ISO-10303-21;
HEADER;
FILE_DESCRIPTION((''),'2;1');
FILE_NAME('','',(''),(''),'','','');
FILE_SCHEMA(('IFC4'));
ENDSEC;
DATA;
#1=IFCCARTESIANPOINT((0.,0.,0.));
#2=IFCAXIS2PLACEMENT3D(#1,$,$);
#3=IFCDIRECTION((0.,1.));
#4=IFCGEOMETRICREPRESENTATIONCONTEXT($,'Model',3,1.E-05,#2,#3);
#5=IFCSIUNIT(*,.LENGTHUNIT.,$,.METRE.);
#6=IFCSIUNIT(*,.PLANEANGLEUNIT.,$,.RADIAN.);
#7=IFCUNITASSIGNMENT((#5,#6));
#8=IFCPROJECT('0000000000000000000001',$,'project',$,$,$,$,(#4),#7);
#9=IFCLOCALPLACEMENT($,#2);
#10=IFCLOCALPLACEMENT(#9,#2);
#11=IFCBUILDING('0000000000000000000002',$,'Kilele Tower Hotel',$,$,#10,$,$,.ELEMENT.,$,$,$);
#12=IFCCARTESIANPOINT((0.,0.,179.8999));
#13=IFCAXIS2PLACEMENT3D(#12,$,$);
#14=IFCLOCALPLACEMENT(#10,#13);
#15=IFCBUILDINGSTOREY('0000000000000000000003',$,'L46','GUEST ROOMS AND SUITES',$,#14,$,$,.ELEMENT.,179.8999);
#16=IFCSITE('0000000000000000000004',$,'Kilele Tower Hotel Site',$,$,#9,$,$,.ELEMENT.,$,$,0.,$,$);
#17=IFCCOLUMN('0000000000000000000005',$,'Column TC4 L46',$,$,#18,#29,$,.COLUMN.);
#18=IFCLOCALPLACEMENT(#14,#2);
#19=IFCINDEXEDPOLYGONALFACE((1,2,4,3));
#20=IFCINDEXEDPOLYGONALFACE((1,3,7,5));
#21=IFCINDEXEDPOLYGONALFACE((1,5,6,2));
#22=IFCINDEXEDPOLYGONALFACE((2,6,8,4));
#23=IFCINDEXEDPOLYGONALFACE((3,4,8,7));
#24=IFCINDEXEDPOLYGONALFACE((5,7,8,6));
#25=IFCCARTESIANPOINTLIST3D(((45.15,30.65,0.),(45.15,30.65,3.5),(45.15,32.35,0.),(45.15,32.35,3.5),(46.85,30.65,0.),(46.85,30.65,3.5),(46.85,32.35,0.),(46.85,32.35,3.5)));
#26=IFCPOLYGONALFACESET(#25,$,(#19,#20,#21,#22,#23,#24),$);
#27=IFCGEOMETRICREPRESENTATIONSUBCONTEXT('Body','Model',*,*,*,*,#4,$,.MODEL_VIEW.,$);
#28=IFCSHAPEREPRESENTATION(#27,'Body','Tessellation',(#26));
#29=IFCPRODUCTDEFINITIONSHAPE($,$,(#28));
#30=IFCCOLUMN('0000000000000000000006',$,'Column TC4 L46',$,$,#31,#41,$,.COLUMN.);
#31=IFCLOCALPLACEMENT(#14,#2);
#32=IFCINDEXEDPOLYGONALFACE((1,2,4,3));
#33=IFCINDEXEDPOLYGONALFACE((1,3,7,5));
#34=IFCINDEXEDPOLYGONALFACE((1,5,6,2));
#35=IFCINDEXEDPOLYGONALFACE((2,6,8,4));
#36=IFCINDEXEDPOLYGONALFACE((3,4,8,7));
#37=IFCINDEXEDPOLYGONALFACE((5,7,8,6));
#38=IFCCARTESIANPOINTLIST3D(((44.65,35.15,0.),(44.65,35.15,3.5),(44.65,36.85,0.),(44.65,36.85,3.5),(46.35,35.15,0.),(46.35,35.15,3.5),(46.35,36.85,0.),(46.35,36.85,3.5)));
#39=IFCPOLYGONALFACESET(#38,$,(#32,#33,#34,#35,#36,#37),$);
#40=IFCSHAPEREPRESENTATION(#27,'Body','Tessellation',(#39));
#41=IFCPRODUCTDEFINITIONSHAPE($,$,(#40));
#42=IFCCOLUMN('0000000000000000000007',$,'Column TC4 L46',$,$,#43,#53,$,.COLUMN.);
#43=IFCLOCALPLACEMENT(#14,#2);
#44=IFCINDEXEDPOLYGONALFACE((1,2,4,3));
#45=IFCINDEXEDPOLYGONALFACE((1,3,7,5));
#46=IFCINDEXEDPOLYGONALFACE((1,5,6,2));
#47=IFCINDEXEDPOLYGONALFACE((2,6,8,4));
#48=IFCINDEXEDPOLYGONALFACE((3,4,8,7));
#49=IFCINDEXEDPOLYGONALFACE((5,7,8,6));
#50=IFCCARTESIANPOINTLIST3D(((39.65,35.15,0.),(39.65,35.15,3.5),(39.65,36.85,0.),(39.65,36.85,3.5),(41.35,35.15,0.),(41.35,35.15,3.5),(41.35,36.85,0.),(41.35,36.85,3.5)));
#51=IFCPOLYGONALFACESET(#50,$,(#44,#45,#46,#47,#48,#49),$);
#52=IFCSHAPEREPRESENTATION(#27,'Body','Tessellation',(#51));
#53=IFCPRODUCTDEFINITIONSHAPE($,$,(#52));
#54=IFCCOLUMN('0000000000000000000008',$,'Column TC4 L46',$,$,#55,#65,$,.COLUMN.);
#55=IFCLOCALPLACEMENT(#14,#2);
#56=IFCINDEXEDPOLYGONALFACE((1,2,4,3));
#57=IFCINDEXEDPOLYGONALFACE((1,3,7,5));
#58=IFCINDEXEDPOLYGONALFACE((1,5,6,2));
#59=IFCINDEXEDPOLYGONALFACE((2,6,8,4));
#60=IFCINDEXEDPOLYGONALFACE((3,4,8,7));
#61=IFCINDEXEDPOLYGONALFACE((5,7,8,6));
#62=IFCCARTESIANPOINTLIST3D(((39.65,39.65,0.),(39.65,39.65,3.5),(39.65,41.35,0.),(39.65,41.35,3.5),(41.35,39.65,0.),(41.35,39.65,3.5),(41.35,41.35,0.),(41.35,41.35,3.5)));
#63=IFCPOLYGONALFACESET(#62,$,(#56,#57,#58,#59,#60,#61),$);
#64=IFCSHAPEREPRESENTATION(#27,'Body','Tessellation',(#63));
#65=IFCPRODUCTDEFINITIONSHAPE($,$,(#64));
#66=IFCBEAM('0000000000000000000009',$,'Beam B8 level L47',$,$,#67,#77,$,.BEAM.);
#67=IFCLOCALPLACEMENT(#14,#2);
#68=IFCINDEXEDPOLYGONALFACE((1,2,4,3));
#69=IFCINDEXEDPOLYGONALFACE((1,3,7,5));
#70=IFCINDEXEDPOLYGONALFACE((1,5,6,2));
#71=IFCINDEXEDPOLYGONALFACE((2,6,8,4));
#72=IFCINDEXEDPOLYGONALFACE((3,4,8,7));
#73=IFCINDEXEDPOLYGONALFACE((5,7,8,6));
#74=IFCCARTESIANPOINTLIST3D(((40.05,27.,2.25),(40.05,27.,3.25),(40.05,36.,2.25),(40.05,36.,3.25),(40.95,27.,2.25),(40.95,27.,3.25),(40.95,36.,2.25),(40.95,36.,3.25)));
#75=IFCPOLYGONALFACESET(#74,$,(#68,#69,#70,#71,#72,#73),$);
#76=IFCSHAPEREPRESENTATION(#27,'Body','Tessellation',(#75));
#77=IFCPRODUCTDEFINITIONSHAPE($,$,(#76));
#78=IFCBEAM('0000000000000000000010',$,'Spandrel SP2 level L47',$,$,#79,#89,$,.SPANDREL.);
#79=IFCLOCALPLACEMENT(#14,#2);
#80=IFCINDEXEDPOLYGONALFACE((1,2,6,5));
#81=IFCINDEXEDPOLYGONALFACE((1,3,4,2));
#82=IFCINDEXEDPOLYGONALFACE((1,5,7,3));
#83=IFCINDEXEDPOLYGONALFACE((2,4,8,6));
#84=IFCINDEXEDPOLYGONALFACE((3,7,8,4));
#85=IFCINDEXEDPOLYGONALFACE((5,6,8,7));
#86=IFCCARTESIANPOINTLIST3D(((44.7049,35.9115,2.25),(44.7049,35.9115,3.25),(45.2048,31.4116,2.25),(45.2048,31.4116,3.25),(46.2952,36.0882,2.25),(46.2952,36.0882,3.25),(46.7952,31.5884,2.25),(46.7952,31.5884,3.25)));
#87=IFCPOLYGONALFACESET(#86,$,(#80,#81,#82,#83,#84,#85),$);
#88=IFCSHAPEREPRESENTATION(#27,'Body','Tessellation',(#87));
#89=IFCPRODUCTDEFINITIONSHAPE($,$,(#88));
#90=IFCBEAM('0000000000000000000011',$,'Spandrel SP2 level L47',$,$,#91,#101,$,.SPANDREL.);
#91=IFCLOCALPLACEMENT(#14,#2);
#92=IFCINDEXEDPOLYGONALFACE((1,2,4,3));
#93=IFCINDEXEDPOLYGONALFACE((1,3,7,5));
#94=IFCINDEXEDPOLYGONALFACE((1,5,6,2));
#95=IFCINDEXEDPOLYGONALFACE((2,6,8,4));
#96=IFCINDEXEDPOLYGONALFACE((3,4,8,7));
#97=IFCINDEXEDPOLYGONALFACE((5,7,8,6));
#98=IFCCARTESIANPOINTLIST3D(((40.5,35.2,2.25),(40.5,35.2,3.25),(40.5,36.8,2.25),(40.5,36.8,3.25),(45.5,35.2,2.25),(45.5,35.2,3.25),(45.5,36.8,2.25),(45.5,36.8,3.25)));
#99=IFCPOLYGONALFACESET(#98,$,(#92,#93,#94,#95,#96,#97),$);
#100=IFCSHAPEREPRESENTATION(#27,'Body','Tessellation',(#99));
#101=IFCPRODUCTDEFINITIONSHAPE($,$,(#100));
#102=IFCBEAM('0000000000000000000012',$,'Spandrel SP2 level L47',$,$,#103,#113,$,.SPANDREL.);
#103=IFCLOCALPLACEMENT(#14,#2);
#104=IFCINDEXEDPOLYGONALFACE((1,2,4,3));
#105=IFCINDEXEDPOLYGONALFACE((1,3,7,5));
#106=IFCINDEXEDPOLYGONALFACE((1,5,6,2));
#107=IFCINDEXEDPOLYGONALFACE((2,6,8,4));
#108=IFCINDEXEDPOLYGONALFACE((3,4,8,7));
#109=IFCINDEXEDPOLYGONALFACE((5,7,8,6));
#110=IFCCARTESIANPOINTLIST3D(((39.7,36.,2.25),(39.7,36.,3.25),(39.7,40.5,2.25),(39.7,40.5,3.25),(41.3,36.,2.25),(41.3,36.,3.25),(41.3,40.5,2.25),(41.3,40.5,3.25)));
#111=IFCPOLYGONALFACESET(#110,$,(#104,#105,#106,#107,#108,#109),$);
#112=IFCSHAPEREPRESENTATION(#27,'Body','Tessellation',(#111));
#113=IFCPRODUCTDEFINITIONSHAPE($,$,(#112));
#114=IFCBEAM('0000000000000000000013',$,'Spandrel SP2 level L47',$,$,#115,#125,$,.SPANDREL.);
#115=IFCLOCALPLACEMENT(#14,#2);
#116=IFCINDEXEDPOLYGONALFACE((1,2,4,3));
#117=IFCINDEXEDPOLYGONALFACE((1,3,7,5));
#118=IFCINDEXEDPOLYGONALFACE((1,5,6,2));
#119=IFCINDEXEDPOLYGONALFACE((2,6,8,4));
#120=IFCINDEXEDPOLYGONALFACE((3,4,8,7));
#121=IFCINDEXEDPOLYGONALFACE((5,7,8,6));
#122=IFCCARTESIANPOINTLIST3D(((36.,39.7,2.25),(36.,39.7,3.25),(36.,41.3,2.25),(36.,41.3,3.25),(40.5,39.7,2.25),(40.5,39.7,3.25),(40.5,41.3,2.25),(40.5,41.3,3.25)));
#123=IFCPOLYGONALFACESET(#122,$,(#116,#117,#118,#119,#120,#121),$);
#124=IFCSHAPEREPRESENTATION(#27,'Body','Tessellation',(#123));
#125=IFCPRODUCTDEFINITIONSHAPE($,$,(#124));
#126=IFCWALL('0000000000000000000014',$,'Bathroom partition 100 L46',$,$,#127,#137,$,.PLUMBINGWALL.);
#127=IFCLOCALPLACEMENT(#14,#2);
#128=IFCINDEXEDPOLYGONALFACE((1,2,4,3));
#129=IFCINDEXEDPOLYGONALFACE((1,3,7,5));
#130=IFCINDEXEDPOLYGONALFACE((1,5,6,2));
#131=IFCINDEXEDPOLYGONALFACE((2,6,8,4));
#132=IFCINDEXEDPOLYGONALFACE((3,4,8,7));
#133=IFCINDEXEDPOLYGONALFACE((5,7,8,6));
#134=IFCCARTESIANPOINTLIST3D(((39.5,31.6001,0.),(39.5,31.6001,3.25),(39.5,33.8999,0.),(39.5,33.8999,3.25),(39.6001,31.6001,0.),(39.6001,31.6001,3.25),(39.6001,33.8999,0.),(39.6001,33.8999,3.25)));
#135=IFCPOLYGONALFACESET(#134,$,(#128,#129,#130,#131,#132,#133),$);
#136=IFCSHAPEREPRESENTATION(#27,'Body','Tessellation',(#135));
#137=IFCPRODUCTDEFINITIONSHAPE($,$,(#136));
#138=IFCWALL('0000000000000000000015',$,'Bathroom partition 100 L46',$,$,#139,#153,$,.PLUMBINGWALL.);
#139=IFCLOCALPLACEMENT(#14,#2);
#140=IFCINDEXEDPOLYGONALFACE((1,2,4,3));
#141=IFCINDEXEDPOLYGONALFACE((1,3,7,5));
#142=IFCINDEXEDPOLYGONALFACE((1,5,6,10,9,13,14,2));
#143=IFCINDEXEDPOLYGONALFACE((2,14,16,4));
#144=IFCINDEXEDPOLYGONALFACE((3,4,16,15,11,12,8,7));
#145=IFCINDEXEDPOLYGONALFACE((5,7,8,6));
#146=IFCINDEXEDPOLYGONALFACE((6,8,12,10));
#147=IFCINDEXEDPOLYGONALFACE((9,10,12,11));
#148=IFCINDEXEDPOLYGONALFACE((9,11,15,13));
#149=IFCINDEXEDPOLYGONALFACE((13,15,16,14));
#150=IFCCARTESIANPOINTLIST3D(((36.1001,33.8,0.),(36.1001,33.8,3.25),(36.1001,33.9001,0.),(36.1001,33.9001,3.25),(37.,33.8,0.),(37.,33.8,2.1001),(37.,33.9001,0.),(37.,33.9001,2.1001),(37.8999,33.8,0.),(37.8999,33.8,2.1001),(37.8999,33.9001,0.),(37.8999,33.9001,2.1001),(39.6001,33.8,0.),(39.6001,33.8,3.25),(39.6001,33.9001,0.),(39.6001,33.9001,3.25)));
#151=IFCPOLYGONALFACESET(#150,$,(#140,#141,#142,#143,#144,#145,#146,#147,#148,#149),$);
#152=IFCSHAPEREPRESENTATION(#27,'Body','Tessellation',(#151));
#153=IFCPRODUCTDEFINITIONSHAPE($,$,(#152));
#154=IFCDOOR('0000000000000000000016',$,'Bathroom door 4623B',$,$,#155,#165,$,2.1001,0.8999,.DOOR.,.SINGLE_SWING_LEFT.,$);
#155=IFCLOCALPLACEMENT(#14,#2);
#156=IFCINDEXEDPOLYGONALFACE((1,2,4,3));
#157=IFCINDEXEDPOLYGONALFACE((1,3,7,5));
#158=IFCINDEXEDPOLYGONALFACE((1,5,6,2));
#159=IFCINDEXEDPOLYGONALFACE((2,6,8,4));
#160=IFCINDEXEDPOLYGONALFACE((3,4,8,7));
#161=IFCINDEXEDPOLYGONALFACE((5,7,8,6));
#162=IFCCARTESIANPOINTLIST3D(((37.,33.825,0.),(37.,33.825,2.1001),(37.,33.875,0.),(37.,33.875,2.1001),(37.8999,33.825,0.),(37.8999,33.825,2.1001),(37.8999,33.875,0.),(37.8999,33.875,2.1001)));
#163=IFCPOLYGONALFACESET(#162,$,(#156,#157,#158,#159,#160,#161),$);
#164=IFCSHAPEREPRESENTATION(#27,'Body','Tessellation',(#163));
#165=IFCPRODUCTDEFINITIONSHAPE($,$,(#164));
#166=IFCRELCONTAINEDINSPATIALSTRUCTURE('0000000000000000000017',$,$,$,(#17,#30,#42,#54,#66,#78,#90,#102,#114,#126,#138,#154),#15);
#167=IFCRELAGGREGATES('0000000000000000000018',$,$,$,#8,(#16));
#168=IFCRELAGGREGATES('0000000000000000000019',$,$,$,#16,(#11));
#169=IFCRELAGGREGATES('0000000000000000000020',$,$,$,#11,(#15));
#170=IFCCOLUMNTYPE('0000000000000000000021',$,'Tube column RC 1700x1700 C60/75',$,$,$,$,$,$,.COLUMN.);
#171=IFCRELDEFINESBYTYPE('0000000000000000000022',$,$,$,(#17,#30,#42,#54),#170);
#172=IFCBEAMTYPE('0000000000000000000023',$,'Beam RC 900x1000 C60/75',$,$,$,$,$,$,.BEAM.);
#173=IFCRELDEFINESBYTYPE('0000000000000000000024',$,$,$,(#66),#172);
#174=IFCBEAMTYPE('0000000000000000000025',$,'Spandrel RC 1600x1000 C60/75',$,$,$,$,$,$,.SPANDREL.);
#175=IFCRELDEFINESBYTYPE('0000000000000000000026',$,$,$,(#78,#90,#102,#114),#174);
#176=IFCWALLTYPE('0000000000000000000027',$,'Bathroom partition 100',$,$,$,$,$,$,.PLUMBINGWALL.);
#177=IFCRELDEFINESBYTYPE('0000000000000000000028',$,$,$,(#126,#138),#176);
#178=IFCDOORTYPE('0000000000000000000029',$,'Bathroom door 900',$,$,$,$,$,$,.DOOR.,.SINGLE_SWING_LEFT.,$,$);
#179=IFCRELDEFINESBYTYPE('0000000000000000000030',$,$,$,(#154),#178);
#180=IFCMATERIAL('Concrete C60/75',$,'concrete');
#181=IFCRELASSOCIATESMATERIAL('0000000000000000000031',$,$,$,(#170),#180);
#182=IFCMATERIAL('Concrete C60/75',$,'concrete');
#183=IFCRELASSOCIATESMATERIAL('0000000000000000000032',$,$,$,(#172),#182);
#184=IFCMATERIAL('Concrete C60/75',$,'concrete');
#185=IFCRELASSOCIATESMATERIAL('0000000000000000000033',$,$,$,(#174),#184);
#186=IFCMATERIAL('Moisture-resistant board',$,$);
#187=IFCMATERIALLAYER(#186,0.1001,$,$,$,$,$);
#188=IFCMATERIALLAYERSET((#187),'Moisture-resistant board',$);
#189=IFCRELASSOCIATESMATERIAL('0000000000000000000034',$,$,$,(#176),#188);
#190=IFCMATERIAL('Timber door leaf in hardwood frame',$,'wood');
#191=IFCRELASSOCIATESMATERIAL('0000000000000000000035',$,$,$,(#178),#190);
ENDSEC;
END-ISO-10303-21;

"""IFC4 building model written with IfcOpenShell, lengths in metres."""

from ifc_helpers import new_model, si_unit, direction, frame, frame_2d, origin, origin_2d, place, context, subcontext, project, spatial, rectangle, extrude, material, layer, layer_set, material_profile, profile_set, type_object, element, fill, save


model = new_model("IFC4")

# Units and contexts
model_context = context("Model", 3, precision=1e-05, world=origin(), true_north=direction((0.0, 1.0)))
body_context = subcontext(model_context, "Body", "Model", "MODEL_VIEW")
ifc_project = project(units=[si_unit("LENGTHUNIT", "METRE"), si_unit("PLANEANGLEUNIT", "RADIAN")], contexts=[model_context])

# Site, building, storey
site_placement = place(None, origin())
site = spatial("IfcSite", under=ifc_project, at=site_placement, Name="Kilele Tower Hotel Site", CompositionType="ELEMENT", RefElevation=0.0)
building_placement = place(site_placement, origin())
building = spatial("IfcBuilding", under=site, at=building_placement, Name="Kilele Tower Hotel", CompositionType="ELEMENT")
storey_placement = place(building_placement, frame((0.0, 0.0, 179.8999)))
storey = spatial("IfcBuildingStorey", under=building, at=storey_placement, Name="L46", Description="GUEST ROOMS AND SUITES", CompositionType="ELEMENT", Elevation=179.8999)

# Columns
ifc_material_1 = material(Name="Concrete C60/75", Category="concrete")
ifc_material_profile_1 = material_profile(ifc_material_1, rectangle(XDim=1.7, YDim=1.7, at=origin_2d()))
ifc_profile_set_1 = profile_set([ifc_material_profile_1], Name="Concrete C60/75")
column_type = type_object("IfcColumnType", Name="Tube column RC 1700x1700 C60/75", PredefinedType="COLUMN", material=ifc_profile_set_1)
for number, where, z_axis, x_axis, name in (
    (1, (46.0, 31.5, 0.0), (0.0, 0.0, 1.0), (1.0, 0.0, 0.0), "Column TC4 L46"),
    (2, (45.5, 36.0, 0.0), (0.0, 0.0, 1.0), (1.0, 0.0, 0.0), "Column TC4 L46"),
    (3, (40.5, 36.0, 0.0), (0.0, 0.0, 1.0), (1.0, 0.0, 0.0), "Column TC4 L46"),
    (4, (40.5, 40.5, 0.0), (0.0, 0.0, 1.0), (1.0, 0.0, 0.0), "Column TC4 L46"),
):
    element("IfcColumn", number, at=place(storey_placement, frame(where, z_axis=z_axis, x_axis=x_axis)), inside=storey, type_object=column_type, Name=name, PredefinedType="COLUMN", context=body_context, shape_type="SweptSolid", body=[
        extrude(rectangle(XDim=1.7, YDim=1.7, at=origin_2d()), origin(), (0.0, 0.0, 1.0), 3.5),
    ])

# Beams
ifc_material_2 = material(Name="Concrete C60/75", Category="concrete")
ifc_material_profile_2 = material_profile(ifc_material_2, rectangle(XDim=0.8999, YDim=1.0, at=origin_2d()))
ifc_profile_set_2 = profile_set([ifc_material_profile_2], Name="Concrete C60/75")
beam_type_1 = type_object("IfcBeamType", Name="Beam RC 900x1000 C60/75", PredefinedType="BEAM", material=ifc_profile_set_2)
beam_1_placement = place(storey_placement, frame((40.5, 36.0, 2.75), z_axis=(0.0, -1.0, 0.0), x_axis=(1.0, 0.0, 0.0)))
element("IfcBeam", 5, at=beam_1_placement, inside=storey, type_object=beam_type_1, Name="Beam B8 level L47", PredefinedType="BEAM", context=body_context, shape_type="SweptSolid", body=[
    extrude(rectangle(XDim=0.8999, YDim=1.0, at=origin_2d()), origin(), (0.0, 0.0, 1.0), 9.0),
])
ifc_material_3 = material(Name="Concrete C60/75", Category="concrete")
ifc_material_profile_3 = material_profile(ifc_material_3, rectangle(XDim=1.6001, YDim=1.0, at=origin_2d()))
ifc_profile_set_3 = profile_set([ifc_material_profile_3], Name="Concrete C60/75")
beam_type_2 = type_object("IfcBeamType", Name="Spandrel RC 1600x1000 C60/75", PredefinedType="SPANDREL", material=ifc_profile_set_3)
beam_2_placement = place(storey_placement, frame((46.0, 31.5, 2.75), z_axis=(-0.110432, 0.993884, 0.0), x_axis=(-0.993884, -0.110432, 0.0)))
element("IfcBeam", 6, at=beam_2_placement, inside=storey, type_object=beam_type_2, Name="Spandrel SP2 level L47", PredefinedType="SPANDREL", context=body_context, shape_type="SweptSolid", body=[
    extrude(rectangle(XDim=1.6001, YDim=1.0, at=origin_2d()), origin(), (0.0, 0.0, 1.0), 4.5276),
])
beam_3_placement = place(storey_placement, frame((45.5, 36.0, 2.75), z_axis=(-1.0, 0.0, 0.0), x_axis=(0.0, -1.0, 0.0)))
element("IfcBeam", 7, at=beam_3_placement, inside=storey, type_object=beam_type_2, Name="Spandrel SP2 level L47", PredefinedType="SPANDREL", context=body_context, shape_type="SweptSolid", body=[
    extrude(rectangle(XDim=1.6001, YDim=1.0, at=origin_2d()), origin(), (0.0, 0.0, 1.0), 5.0),
])
for number, where, z_axis, x_axis, name in (
    (8, (40.5, 36.0, 2.75), (0.0, 1.0, 0.0), (-1.0, 0.0, 0.0), "Spandrel SP2 level L47"),
    (9, (40.5, 40.5, 2.75), (-1.0, 0.0, 0.0), (0.0, -1.0, 0.0), "Spandrel SP2 level L47"),
):
    element("IfcBeam", number, at=place(storey_placement, frame(where, z_axis=z_axis, x_axis=x_axis)), inside=storey, type_object=beam_type_2, Name=name, PredefinedType="SPANDREL", context=body_context, shape_type="SweptSolid", body=[
        extrude(rectangle(XDim=1.6001, YDim=1.0, at=origin_2d()), origin(), (0.0, 0.0, 1.0), 4.5),
    ])

# Wall
ifc_material_4 = material(Name="Moisture-resistant board")
ifc_layer_1 = layer(ifc_material_4, 0.1001)
ifc_layer_set_1 = layer_set([ifc_layer_1], Name="Moisture-resistant board")
wall_type_1 = type_object("IfcWallType", Name="Bathroom partition 100", PredefinedType="PLUMBINGWALL", material=ifc_layer_set_1)
wall_1_placement = place(storey_placement, frame((39.55, 31.6001, 0.0), z_axis=(0.0, 0.0, 1.0), x_axis=(0.0, 1.0, 0.0)))
element("IfcWall", 10, at=wall_1_placement, inside=storey, type_object=wall_type_1, Name="Bathroom partition 100 L46", PredefinedType="PLUMBINGWALL", context=body_context, shape_type="SweptSolid", body=[
    extrude(rectangle(XDim=2.2998, YDim=0.1001, at=frame_2d((1.1499, 0.0))), origin(), (0.0, 0.0, 1.0), 3.25),
])

# Wall, opening, door
wall_2_placement = place(storey_placement, frame((36.1001, 33.8501, 0.0), z_axis=(0.0, 0.0, 1.0), x_axis=(1.0, 0.0, 0.0)))
wall_2 = element("IfcWall", 11, at=wall_2_placement, inside=storey, type_object=wall_type_1, Name="Bathroom partition 100 L46", PredefinedType="PLUMBINGWALL", context=body_context, shape_type="SweptSolid", body=[
    extrude(rectangle(XDim=3.5, YDim=0.1001, at=frame_2d((1.75, 0.0))), origin(), (0.0, 0.0, 1.0), 3.25),
])
opening_1_placement = place(wall_2_placement, frame((0.8999, 0.0, 0.0)))
opening_1 = element("IfcOpeningElement", 12, at=opening_1_placement, cuts=wall_2, PredefinedType="OPENING", context=body_context, shape_type="SweptSolid", body=[
    extrude(rectangle(XDim=0.8999, YDim=2.1001, at=frame_2d((0.45, 1.05))), frame((0.0, 0.0601, 0.0), z_axis=(0.0, -1.0, 0.0), x_axis=(1.0, 0.0, 0.0)), (0.0, 0.0, 1.0), 0.1201),
])
ifc_material_5 = material(Name="Timber door leaf in hardwood frame", Category="wood")
door_type_1 = type_object("IfcDoorType", Name="Bathroom door 900", OperationType="SINGLE_SWING_LEFT", PredefinedType="DOOR", material=ifc_material_5)
door_1_placement = place(opening_1_placement, origin())
door_1 = element("IfcDoor", 13, at=door_1_placement, inside=storey, type_object=door_type_1, Name="Bathroom door 4623B", OperationType="SINGLE_SWING_LEFT", OverallHeight=2.1001, OverallWidth=0.8999, PredefinedType="DOOR", context=body_context, shape_type="SweptSolid", body=[
    extrude(rectangle(XDim=0.8999, YDim=2.1001, at=frame_2d((0.45, 1.05))), frame((0.0, 0.0249, 0.0), z_axis=(0.0, -1.0, 0.0), x_axis=(1.0, 0.0, 0.0)), (0.0, 0.0, 1.0), 0.05),
])
fill(opening_1, door_1)

save(model, "model.ifc")
